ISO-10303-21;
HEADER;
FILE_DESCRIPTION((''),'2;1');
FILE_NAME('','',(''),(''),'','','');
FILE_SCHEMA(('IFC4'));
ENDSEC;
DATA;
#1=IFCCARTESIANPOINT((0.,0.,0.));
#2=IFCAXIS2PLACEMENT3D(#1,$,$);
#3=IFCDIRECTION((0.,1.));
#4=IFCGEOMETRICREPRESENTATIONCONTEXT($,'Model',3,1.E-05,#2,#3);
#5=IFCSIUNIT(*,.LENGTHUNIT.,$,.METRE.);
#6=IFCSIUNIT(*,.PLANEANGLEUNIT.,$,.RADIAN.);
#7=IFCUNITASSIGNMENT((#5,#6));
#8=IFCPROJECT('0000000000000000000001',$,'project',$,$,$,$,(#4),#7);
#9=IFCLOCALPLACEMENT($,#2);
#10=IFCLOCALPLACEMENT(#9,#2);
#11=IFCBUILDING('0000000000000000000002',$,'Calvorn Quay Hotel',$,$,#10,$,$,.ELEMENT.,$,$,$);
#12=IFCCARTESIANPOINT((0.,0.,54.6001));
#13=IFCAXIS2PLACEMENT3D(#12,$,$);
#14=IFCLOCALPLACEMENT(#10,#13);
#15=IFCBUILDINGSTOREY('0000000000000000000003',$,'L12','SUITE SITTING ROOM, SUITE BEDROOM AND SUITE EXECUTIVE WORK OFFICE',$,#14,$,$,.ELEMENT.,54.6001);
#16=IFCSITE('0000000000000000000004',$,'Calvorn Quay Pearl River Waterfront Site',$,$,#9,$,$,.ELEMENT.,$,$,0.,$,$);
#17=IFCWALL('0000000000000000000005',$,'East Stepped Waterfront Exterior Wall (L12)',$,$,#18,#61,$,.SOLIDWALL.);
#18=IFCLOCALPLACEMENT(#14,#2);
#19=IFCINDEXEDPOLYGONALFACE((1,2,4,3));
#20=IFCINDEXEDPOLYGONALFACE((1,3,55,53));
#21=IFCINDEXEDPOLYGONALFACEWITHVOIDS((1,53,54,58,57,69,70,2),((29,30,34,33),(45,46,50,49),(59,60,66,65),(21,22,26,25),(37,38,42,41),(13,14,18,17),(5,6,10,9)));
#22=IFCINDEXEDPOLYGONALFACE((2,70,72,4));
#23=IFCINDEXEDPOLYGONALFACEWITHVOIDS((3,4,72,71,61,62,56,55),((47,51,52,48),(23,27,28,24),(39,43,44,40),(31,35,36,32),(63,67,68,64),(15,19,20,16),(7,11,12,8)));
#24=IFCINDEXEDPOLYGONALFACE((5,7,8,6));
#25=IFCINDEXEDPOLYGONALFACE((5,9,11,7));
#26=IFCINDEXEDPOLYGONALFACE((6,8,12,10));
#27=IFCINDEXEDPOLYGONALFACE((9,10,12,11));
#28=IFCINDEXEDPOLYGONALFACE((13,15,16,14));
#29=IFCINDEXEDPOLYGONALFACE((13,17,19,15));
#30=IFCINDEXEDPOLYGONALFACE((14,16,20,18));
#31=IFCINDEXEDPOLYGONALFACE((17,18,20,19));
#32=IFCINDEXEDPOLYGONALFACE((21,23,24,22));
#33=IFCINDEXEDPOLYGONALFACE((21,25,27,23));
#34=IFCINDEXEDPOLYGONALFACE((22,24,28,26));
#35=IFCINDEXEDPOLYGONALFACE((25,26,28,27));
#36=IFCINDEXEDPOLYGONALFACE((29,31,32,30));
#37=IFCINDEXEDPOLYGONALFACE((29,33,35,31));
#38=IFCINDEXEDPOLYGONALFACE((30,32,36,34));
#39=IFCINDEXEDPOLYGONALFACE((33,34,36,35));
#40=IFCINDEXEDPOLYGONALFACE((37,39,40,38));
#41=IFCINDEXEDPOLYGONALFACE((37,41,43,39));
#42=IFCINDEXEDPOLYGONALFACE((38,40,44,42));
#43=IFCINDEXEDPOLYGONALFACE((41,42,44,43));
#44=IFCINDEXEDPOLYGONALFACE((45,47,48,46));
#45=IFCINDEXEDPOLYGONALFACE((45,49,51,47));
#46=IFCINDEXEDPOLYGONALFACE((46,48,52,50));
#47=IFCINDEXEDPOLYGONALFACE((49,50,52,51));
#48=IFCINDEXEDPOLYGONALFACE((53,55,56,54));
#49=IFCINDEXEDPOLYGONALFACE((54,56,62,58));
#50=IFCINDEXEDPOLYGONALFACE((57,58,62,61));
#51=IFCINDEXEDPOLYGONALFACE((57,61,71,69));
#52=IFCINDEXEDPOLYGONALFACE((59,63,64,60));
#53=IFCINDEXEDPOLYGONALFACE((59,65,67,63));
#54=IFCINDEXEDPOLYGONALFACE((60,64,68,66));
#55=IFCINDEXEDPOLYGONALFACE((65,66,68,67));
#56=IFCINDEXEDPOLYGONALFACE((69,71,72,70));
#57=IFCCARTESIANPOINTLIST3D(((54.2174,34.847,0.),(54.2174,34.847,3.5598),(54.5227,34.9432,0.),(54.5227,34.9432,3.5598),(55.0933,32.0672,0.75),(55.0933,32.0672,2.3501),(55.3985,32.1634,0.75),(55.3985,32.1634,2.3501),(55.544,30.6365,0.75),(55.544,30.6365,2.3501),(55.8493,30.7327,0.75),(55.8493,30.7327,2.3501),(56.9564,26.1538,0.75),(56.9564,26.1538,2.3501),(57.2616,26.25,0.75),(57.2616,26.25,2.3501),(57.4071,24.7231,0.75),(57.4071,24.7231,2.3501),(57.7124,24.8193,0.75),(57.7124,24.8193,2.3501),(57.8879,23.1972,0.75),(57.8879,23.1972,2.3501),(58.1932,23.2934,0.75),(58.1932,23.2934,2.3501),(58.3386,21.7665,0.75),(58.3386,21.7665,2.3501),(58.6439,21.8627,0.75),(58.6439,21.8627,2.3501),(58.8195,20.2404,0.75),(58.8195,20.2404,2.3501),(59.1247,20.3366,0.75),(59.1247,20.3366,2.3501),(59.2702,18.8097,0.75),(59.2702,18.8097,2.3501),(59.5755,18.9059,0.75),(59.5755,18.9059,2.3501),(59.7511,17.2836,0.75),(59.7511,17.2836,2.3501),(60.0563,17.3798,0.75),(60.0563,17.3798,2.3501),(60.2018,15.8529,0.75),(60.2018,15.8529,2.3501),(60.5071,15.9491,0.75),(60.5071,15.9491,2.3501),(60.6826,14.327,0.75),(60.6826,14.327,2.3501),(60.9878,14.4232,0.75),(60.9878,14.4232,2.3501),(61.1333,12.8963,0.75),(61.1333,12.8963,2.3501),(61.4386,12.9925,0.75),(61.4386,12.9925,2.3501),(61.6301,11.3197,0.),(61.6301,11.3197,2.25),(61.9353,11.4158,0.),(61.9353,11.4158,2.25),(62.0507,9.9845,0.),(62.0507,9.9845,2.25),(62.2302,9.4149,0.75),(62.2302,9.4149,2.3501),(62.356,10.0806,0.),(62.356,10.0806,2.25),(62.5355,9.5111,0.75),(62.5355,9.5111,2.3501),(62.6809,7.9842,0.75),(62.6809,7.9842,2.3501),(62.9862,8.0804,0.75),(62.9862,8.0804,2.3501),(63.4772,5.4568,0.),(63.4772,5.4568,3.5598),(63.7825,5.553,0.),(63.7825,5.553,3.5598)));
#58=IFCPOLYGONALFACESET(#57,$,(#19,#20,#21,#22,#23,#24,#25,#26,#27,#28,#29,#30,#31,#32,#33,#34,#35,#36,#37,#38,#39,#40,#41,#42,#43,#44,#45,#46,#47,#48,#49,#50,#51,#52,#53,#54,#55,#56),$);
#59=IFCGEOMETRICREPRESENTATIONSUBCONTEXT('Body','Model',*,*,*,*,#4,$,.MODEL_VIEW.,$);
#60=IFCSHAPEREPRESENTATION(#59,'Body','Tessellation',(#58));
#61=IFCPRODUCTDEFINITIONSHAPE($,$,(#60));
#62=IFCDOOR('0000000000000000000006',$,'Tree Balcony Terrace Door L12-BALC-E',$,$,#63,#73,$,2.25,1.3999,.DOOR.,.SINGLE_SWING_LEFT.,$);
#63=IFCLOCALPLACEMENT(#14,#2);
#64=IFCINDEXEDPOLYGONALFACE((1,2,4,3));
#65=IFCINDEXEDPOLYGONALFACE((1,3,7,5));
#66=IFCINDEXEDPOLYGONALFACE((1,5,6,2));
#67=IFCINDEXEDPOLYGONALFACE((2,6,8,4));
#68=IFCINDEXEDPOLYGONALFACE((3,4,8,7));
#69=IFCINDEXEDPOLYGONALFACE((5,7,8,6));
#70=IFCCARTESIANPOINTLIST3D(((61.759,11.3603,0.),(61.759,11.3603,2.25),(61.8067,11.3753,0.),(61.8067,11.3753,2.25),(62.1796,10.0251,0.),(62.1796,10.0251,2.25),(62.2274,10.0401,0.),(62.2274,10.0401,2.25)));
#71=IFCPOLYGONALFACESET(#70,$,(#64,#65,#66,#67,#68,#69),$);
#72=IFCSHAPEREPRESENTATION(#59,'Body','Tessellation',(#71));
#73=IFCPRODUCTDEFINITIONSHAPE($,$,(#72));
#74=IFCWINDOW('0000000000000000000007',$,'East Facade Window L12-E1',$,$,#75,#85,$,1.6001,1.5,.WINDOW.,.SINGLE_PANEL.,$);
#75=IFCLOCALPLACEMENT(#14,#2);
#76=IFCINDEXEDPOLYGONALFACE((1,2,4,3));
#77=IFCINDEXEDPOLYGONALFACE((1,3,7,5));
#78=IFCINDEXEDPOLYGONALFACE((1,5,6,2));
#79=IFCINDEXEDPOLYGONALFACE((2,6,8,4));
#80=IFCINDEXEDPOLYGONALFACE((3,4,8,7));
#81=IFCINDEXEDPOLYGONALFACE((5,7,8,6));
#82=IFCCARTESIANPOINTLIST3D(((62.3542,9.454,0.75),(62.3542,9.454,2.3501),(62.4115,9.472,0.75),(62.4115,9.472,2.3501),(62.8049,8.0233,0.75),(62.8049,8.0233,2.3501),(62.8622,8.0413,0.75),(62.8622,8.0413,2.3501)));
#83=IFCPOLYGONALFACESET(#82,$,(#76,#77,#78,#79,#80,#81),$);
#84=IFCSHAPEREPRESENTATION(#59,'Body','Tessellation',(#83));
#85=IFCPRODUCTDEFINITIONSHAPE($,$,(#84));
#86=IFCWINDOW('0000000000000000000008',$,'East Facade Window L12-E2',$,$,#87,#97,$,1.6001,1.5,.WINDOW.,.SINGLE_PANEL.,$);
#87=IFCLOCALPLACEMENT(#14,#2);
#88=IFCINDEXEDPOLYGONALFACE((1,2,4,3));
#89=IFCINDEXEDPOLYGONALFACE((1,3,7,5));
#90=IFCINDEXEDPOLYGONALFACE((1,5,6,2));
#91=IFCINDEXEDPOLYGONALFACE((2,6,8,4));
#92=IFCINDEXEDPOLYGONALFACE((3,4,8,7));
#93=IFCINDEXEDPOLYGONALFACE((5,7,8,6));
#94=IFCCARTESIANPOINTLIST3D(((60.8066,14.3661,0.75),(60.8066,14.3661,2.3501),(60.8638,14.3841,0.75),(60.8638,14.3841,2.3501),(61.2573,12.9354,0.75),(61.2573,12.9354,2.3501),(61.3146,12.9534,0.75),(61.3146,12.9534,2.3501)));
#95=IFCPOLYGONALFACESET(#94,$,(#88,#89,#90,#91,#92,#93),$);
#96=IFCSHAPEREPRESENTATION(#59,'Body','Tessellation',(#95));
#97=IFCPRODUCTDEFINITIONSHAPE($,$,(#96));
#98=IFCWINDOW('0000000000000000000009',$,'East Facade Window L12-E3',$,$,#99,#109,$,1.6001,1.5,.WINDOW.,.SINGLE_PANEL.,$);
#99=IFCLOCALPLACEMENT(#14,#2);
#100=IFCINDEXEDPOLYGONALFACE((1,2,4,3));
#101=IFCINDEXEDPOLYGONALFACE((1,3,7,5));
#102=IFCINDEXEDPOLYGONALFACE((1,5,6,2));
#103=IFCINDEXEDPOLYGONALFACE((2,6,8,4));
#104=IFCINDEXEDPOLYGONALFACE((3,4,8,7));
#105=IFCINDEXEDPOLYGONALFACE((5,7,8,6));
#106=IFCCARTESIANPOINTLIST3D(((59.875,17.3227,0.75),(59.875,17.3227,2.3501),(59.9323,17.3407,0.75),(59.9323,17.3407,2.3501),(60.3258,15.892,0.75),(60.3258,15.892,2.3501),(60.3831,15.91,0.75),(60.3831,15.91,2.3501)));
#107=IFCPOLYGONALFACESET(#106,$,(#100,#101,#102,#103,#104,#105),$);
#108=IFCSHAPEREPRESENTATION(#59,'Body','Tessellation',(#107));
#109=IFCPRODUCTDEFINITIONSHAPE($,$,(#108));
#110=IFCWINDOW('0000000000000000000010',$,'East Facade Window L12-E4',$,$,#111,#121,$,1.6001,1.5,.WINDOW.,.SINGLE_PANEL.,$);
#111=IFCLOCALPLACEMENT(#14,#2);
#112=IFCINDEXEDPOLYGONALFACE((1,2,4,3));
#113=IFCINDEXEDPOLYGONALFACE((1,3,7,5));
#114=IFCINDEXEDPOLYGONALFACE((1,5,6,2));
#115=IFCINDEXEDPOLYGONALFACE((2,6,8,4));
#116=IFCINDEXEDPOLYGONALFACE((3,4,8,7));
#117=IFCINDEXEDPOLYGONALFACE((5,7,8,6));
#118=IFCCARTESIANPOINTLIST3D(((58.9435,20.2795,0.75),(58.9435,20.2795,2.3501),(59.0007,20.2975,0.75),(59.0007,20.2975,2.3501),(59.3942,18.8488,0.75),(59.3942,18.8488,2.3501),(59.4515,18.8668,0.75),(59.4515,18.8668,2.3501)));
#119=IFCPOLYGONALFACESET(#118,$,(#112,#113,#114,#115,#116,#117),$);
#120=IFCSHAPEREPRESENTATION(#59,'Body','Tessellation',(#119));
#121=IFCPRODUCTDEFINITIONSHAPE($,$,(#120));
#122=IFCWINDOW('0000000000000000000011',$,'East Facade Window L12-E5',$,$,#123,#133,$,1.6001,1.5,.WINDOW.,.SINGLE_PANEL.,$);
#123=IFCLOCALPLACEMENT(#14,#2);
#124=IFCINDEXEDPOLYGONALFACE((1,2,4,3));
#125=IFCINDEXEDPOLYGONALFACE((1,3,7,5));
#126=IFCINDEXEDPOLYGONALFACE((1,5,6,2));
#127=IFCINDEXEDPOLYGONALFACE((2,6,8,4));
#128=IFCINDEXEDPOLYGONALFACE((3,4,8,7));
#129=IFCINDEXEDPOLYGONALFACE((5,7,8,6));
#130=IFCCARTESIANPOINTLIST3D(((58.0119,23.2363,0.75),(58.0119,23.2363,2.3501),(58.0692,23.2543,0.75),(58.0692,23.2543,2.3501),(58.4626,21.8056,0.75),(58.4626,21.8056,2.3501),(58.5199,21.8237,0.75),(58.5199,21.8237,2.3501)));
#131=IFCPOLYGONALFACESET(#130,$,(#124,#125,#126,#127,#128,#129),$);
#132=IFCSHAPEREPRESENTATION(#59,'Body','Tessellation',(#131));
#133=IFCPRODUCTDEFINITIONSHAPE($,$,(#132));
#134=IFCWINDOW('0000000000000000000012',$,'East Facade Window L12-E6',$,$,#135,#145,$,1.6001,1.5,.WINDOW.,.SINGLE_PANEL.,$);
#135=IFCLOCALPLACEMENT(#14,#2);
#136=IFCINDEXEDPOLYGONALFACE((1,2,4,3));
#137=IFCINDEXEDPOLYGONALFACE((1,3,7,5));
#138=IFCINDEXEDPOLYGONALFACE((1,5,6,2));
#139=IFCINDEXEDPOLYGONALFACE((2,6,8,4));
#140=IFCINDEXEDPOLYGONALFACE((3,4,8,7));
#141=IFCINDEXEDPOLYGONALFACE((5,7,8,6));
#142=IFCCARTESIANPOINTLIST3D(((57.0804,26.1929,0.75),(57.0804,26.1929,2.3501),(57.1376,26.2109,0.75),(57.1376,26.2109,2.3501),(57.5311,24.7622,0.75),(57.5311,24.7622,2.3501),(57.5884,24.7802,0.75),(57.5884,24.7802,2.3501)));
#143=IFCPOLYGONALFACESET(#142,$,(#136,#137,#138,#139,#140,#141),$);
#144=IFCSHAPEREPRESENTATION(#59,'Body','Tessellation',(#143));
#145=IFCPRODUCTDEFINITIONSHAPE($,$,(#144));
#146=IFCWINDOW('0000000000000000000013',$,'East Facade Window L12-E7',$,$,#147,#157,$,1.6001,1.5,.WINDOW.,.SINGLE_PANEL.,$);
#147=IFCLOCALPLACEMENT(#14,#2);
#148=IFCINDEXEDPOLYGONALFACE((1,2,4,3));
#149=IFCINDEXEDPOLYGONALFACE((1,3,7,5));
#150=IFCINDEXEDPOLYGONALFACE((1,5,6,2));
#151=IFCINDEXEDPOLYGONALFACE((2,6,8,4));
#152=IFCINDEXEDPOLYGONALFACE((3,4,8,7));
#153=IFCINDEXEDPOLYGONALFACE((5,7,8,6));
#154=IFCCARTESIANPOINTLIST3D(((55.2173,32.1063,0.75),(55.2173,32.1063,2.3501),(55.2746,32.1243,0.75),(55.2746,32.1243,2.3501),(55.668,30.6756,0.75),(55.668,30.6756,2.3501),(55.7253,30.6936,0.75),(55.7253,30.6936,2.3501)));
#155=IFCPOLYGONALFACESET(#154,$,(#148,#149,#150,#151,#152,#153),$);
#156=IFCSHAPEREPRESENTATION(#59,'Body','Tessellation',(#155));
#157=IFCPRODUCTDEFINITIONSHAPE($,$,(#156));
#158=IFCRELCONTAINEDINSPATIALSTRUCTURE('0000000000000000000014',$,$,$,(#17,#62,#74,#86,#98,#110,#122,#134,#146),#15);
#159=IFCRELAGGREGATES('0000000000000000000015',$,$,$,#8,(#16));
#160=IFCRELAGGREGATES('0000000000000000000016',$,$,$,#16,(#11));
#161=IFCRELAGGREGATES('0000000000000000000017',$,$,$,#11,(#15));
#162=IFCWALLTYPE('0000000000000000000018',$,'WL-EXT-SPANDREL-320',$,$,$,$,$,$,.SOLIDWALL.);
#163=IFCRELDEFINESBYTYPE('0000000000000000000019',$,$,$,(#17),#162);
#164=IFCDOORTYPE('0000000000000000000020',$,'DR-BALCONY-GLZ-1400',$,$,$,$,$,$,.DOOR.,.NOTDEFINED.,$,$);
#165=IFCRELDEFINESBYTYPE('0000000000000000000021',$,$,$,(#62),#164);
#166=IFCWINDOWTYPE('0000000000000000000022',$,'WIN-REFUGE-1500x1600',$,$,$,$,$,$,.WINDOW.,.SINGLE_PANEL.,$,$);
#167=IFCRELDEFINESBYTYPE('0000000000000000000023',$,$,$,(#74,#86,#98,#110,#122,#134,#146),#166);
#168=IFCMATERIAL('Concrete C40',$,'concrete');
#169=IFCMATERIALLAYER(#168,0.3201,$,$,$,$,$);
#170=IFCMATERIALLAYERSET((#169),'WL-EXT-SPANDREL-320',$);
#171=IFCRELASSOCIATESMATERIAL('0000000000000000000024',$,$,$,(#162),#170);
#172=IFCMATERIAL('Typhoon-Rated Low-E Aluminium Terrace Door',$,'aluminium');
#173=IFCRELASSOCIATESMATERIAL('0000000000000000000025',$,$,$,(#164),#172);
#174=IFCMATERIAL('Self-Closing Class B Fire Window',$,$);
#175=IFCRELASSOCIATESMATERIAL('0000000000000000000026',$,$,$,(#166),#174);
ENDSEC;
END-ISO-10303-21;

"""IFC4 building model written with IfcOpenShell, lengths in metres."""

from ifc_helpers import new_model, si_unit, direction, frame, frame_2d, origin, place, context, subcontext, project, spatial, rectangle, extrude, material, layer, layer_set, type_object, element, fill, save


model = new_model("IFC4")

# Units and contexts
model_context = context("Model", 3, precision=1e-05, world=origin(), true_north=direction((0.0, 1.0)))
body_context = subcontext(model_context, "Body", "Model", "MODEL_VIEW")
ifc_project = project(units=[si_unit("LENGTHUNIT", "METRE"), si_unit("PLANEANGLEUNIT", "RADIAN")], contexts=[model_context])

# Site, building, storey
site_placement = place(None, origin())
site = spatial("IfcSite", under=ifc_project, at=site_placement, Name="Calvorn Quay Pearl River Waterfront Site", CompositionType="ELEMENT", RefElevation=0.0)
building_placement = place(site_placement, origin())
building = spatial("IfcBuilding", under=site, at=building_placement, Name="Calvorn Quay Hotel", CompositionType="ELEMENT")
storey_placement = place(building_placement, frame((0.0, 0.0, 54.6001)))
storey = spatial("IfcBuildingStorey", under=building, at=storey_placement, Name="L12", Description="SUITE SITTING ROOM, SUITE BEDROOM AND SUITE EXECUTIVE WORK OFFICE", CompositionType="ELEMENT", Elevation=54.6001)

# Shared definitions
ifc_material_1 = material(Name="Concrete C40", Category="concrete")
ifc_layer_1 = layer(ifc_material_1, 0.3201)
ifc_layer_set_1 = layer_set([ifc_layer_1], Name="WL-EXT-SPANDREL-320")
wall_type = type_object("IfcWallType", Name="WL-EXT-SPANDREL-320", PredefinedType="SOLIDWALL", material=ifc_layer_set_1)

# Wall, openings, door, windows
wall_1_placement = place(storey_placement, frame((63.6299, 5.5049, 0.0), z_axis=(0.0, 0.0, 1.0), x_axis=(-0.300502, 0.953781, 0.0)))
wall_1 = element("IfcWall", 1, at=wall_1_placement, inside=storey, type_object=wall_type, Name="East Stepped Waterfront Exterior Wall (L12)", PredefinedType="SOLIDWALL", context=body_context, shape_type="SweptSolid", body=[
    extrude(rectangle(XDim=30.8145, YDim=0.3201, at=frame_2d((15.4072, 0.0))), origin(), (0.0, 0.0, 1.0), 3.5598),
])
opening_1_placement = place(wall_1_placement, frame((4.7471, 0.0, 0.0)))
opening_1 = element("IfcOpeningElement", 2, at=opening_1_placement, cuts=wall_1, PredefinedType="OPENING", context=body_context, shape_type="SweptSolid", body=[
    extrude(rectangle(XDim=1.3999, YDim=2.25, at=frame_2d((0.7, 1.125))), frame((0.0, 0.1699, 0.0), z_axis=(0.0, -1.0, 0.0), x_axis=(1.0, 0.0, 0.0)), (0.0, 0.0, 1.0), 0.3401),
])
opening_2_placement = place(wall_1_placement, frame((2.6499, 0.0, 0.75)))
opening_2 = element("IfcOpeningElement", 3, at=opening_2_placement, cuts=wall_1, PredefinedType="OPENING", context=body_context, shape_type="SweptSolid", body=[
    extrude(rectangle(XDim=1.5, YDim=1.6001, at=frame_2d((0.75, 0.8))), frame((0.0, 0.1699, 0.0), z_axis=(0.0, -1.0, 0.0), x_axis=(1.0, 0.0, 0.0)), (0.0, 0.0, 1.0), 0.3401),
])
opening_3_placement = place(wall_1_placement, frame((7.8, 0.0, 0.75)))
opening_3 = element("IfcOpeningElement", 4, at=opening_3_placement, cuts=wall_1, PredefinedType="OPENING", context=body_context, shape_type="SweptSolid", body=[
    extrude(rectangle(XDim=1.5, YDim=1.6001, at=frame_2d((0.75, 0.8))), frame((0.0, 0.1699, 0.0), z_axis=(0.0, -1.0, 0.0), x_axis=(1.0, 0.0, 0.0)), (0.0, 0.0, 1.0), 0.3401),
])
opening_4_placement = place(wall_1_placement, frame((10.8999, 0.0, 0.75)))
opening_4 = element("IfcOpeningElement", 5, at=opening_4_placement, cuts=wall_1, PredefinedType="OPENING", context=body_context, shape_type="SweptSolid", body=[
    extrude(rectangle(XDim=1.5, YDim=1.6001, at=frame_2d((0.75, 0.8))), frame((0.0, 0.1699, 0.0), z_axis=(0.0, -1.0, 0.0), x_axis=(1.0, 0.0, 0.0)), (0.0, 0.0, 1.0), 0.3401),
])
opening_5_placement = place(wall_1_placement, frame((14.0, 0.0, 0.75)))
opening_5 = element("IfcOpeningElement", 6, at=opening_5_placement, cuts=wall_1, PredefinedType="OPENING", context=body_context, shape_type="SweptSolid", body=[
    extrude(rectangle(XDim=1.5, YDim=1.6001, at=frame_2d((0.75, 0.8))), frame((0.0, 0.1699, 0.0), z_axis=(0.0, -1.0, 0.0), x_axis=(1.0, 0.0, 0.0)), (0.0, 0.0, 1.0), 0.3401),
])
opening_6_placement = place(wall_1_placement, frame((17.1001, 0.0, 0.75)))
opening_6 = element("IfcOpeningElement", 7, at=opening_6_placement, cuts=wall_1, PredefinedType="OPENING", context=body_context, shape_type="SweptSolid", body=[
    extrude(rectangle(XDim=1.5, YDim=1.6001, at=frame_2d((0.75, 0.8))), frame((0.0, 0.1699, 0.0), z_axis=(0.0, -1.0, 0.0), x_axis=(1.0, 0.0, 0.0)), (0.0, 0.0, 1.0), 0.3401),
])
opening_7_placement = place(wall_1_placement, frame((20.2, 0.0, 0.75)))
opening_7 = element("IfcOpeningElement", 8, at=opening_7_placement, cuts=wall_1, PredefinedType="OPENING", context=body_context, shape_type="SweptSolid", body=[
    extrude(rectangle(XDim=1.5, YDim=1.6001, at=frame_2d((0.75, 0.8))), frame((0.0, 0.1699, 0.0), z_axis=(0.0, -1.0, 0.0), x_axis=(1.0, 0.0, 0.0)), (0.0, 0.0, 1.0), 0.3401),
])
opening_8_placement = place(wall_1_placement, frame((26.3999, 0.0, 0.75)))
opening_8 = element("IfcOpeningElement", 9, at=opening_8_placement, cuts=wall_1, PredefinedType="OPENING", context=body_context, shape_type="SweptSolid", body=[
    extrude(rectangle(XDim=1.5, YDim=1.6001, at=frame_2d((0.75, 0.8))), frame((0.0, 0.1699, 0.0), z_axis=(0.0, -1.0, 0.0), x_axis=(1.0, 0.0, 0.0)), (0.0, 0.0, 1.0), 0.3401),
])
ifc_material_2 = material(Name="Typhoon-Rated Low-E Aluminium Terrace Door", Category="aluminium")
door_type = type_object("IfcDoorType", Name="DR-BALCONY-GLZ-1400", OperationType="NOTDEFINED", PredefinedType="DOOR", material=ifc_material_2)
door_placement = place(opening_1_placement, origin())
door = element("IfcDoor", 10, at=door_placement, inside=storey, type_object=door_type, Name="Tree Balcony Terrace Door L12-BALC-E", OperationType="SINGLE_SWING_LEFT", OverallHeight=2.25, OverallWidth=1.3999, PredefinedType="DOOR", context=body_context, shape_type="SweptSolid", body=[
    extrude(rectangle(XDim=1.3999, YDim=2.25, at=frame_2d((0.7, 1.125))), frame((0.0, 0.0249, 0.0), z_axis=(0.0, -1.0, 0.0), x_axis=(1.0, 0.0, 0.0)), (0.0, 0.0, 1.0), 0.05),
])
fill(opening_1, door)
ifc_material_3 = material(Name="Self-Closing Class B Fire Window")
window_type = type_object("IfcWindowType", Name="WIN-REFUGE-1500x1600", PartitioningType="SINGLE_PANEL", PredefinedType="WINDOW", material=ifc_material_3)
window_1_placement = place(opening_2_placement, origin())
window_1 = element("IfcWindow", 11, at=window_1_placement, inside=storey, type_object=window_type, Name="East Facade Window L12-E1", OverallHeight=1.6001, OverallWidth=1.5, PartitioningType="SINGLE_PANEL", PredefinedType="WINDOW", context=body_context, shape_type="SweptSolid", body=[
    extrude(rectangle(XDim=1.5, YDim=1.6001, at=frame_2d((0.75, 0.8))), frame((0.0, 0.03, 0.0), z_axis=(0.0, -1.0, 0.0), x_axis=(1.0, 0.0, 0.0)), (0.0, 0.0, 1.0), 0.0601),
])
fill(opening_2, window_1)
window_2_placement = place(opening_3_placement, origin())
window_2 = element("IfcWindow", 12, at=window_2_placement, inside=storey, type_object=window_type, Name="East Facade Window L12-E2", OverallHeight=1.6001, OverallWidth=1.5, PartitioningType="SINGLE_PANEL", PredefinedType="WINDOW", context=body_context, shape_type="SweptSolid", body=[
    extrude(rectangle(XDim=1.5, YDim=1.6001, at=frame_2d((0.75, 0.8))), frame((0.0, 0.03, 0.0), z_axis=(0.0, -1.0, 0.0), x_axis=(1.0, 0.0, 0.0)), (0.0, 0.0, 1.0), 0.0601),
])
fill(opening_3, window_2)
window_3_placement = place(opening_4_placement, origin())
window_3 = element("IfcWindow", 13, at=window_3_placement, inside=storey, type_object=window_type, Name="East Facade Window L12-E3", OverallHeight=1.6001, OverallWidth=1.5, PartitioningType="SINGLE_PANEL", PredefinedType="WINDOW", context=body_context, shape_type="SweptSolid", body=[
    extrude(rectangle(XDim=1.5, YDim=1.6001, at=frame_2d((0.75, 0.8))), frame((0.0, 0.03, 0.0), z_axis=(0.0, -1.0, 0.0), x_axis=(1.0, 0.0, 0.0)), (0.0, 0.0, 1.0), 0.0601),
])
fill(opening_4, window_3)
window_4_placement = place(opening_5_placement, origin())
window_4 = element("IfcWindow", 14, at=window_4_placement, inside=storey, type_object=window_type, Name="East Facade Window L12-E4", OverallHeight=1.6001, OverallWidth=1.5, PartitioningType="SINGLE_PANEL", PredefinedType="WINDOW", context=body_context, shape_type="SweptSolid", body=[
    extrude(rectangle(XDim=1.5, YDim=1.6001, at=frame_2d((0.75, 0.8))), frame((0.0, 0.03, 0.0), z_axis=(0.0, -1.0, 0.0), x_axis=(1.0, 0.0, 0.0)), (0.0, 0.0, 1.0), 0.0601),
])
fill(opening_5, window_4)
window_5_placement = place(opening_6_placement, origin())
window_5 = element("IfcWindow", 15, at=window_5_placement, inside=storey, type_object=window_type, Name="East Facade Window L12-E5", OverallHeight=1.6001, OverallWidth=1.5, PartitioningType="SINGLE_PANEL", PredefinedType="WINDOW", context=body_context, shape_type="SweptSolid", body=[
    extrude(rectangle(XDim=1.5, YDim=1.6001, at=frame_2d((0.75, 0.8))), frame((0.0, 0.03, 0.0), z_axis=(0.0, -1.0, 0.0), x_axis=(1.0, 0.0, 0.0)), (0.0, 0.0, 1.0), 0.0601),
])
fill(opening_6, window_5)
window_6_placement = place(opening_7_placement, origin())
window_6 = element("IfcWindow", 16, at=window_6_placement, inside=storey, type_object=window_type, Name="East Facade Window L12-E6", OverallHeight=1.6001, OverallWidth=1.5, PartitioningType="SINGLE_PANEL", PredefinedType="WINDOW", context=body_context, shape_type="SweptSolid", body=[
    extrude(rectangle(XDim=1.5, YDim=1.6001, at=frame_2d((0.75, 0.8))), frame((0.0, 0.03, 0.0), z_axis=(0.0, -1.0, 0.0), x_axis=(1.0, 0.0, 0.0)), (0.0, 0.0, 1.0), 0.0601),
])
fill(opening_7, window_6)
window_7_placement = place(opening_8_placement, origin())
window_7 = element("IfcWindow", 17, at=window_7_placement, inside=storey, type_object=window_type, Name="East Facade Window L12-E7", OverallHeight=1.6001, OverallWidth=1.5, PartitioningType="SINGLE_PANEL", PredefinedType="WINDOW", context=body_context, shape_type="SweptSolid", body=[
    extrude(rectangle(XDim=1.5, YDim=1.6001, at=frame_2d((0.75, 0.8))), frame((0.0, 0.03, 0.0), z_axis=(0.0, -1.0, 0.0), x_axis=(1.0, 0.0, 0.0)), (0.0, 0.0, 1.0), 0.0601),
])
fill(opening_8, window_7)

save(model, "model.ifc")
